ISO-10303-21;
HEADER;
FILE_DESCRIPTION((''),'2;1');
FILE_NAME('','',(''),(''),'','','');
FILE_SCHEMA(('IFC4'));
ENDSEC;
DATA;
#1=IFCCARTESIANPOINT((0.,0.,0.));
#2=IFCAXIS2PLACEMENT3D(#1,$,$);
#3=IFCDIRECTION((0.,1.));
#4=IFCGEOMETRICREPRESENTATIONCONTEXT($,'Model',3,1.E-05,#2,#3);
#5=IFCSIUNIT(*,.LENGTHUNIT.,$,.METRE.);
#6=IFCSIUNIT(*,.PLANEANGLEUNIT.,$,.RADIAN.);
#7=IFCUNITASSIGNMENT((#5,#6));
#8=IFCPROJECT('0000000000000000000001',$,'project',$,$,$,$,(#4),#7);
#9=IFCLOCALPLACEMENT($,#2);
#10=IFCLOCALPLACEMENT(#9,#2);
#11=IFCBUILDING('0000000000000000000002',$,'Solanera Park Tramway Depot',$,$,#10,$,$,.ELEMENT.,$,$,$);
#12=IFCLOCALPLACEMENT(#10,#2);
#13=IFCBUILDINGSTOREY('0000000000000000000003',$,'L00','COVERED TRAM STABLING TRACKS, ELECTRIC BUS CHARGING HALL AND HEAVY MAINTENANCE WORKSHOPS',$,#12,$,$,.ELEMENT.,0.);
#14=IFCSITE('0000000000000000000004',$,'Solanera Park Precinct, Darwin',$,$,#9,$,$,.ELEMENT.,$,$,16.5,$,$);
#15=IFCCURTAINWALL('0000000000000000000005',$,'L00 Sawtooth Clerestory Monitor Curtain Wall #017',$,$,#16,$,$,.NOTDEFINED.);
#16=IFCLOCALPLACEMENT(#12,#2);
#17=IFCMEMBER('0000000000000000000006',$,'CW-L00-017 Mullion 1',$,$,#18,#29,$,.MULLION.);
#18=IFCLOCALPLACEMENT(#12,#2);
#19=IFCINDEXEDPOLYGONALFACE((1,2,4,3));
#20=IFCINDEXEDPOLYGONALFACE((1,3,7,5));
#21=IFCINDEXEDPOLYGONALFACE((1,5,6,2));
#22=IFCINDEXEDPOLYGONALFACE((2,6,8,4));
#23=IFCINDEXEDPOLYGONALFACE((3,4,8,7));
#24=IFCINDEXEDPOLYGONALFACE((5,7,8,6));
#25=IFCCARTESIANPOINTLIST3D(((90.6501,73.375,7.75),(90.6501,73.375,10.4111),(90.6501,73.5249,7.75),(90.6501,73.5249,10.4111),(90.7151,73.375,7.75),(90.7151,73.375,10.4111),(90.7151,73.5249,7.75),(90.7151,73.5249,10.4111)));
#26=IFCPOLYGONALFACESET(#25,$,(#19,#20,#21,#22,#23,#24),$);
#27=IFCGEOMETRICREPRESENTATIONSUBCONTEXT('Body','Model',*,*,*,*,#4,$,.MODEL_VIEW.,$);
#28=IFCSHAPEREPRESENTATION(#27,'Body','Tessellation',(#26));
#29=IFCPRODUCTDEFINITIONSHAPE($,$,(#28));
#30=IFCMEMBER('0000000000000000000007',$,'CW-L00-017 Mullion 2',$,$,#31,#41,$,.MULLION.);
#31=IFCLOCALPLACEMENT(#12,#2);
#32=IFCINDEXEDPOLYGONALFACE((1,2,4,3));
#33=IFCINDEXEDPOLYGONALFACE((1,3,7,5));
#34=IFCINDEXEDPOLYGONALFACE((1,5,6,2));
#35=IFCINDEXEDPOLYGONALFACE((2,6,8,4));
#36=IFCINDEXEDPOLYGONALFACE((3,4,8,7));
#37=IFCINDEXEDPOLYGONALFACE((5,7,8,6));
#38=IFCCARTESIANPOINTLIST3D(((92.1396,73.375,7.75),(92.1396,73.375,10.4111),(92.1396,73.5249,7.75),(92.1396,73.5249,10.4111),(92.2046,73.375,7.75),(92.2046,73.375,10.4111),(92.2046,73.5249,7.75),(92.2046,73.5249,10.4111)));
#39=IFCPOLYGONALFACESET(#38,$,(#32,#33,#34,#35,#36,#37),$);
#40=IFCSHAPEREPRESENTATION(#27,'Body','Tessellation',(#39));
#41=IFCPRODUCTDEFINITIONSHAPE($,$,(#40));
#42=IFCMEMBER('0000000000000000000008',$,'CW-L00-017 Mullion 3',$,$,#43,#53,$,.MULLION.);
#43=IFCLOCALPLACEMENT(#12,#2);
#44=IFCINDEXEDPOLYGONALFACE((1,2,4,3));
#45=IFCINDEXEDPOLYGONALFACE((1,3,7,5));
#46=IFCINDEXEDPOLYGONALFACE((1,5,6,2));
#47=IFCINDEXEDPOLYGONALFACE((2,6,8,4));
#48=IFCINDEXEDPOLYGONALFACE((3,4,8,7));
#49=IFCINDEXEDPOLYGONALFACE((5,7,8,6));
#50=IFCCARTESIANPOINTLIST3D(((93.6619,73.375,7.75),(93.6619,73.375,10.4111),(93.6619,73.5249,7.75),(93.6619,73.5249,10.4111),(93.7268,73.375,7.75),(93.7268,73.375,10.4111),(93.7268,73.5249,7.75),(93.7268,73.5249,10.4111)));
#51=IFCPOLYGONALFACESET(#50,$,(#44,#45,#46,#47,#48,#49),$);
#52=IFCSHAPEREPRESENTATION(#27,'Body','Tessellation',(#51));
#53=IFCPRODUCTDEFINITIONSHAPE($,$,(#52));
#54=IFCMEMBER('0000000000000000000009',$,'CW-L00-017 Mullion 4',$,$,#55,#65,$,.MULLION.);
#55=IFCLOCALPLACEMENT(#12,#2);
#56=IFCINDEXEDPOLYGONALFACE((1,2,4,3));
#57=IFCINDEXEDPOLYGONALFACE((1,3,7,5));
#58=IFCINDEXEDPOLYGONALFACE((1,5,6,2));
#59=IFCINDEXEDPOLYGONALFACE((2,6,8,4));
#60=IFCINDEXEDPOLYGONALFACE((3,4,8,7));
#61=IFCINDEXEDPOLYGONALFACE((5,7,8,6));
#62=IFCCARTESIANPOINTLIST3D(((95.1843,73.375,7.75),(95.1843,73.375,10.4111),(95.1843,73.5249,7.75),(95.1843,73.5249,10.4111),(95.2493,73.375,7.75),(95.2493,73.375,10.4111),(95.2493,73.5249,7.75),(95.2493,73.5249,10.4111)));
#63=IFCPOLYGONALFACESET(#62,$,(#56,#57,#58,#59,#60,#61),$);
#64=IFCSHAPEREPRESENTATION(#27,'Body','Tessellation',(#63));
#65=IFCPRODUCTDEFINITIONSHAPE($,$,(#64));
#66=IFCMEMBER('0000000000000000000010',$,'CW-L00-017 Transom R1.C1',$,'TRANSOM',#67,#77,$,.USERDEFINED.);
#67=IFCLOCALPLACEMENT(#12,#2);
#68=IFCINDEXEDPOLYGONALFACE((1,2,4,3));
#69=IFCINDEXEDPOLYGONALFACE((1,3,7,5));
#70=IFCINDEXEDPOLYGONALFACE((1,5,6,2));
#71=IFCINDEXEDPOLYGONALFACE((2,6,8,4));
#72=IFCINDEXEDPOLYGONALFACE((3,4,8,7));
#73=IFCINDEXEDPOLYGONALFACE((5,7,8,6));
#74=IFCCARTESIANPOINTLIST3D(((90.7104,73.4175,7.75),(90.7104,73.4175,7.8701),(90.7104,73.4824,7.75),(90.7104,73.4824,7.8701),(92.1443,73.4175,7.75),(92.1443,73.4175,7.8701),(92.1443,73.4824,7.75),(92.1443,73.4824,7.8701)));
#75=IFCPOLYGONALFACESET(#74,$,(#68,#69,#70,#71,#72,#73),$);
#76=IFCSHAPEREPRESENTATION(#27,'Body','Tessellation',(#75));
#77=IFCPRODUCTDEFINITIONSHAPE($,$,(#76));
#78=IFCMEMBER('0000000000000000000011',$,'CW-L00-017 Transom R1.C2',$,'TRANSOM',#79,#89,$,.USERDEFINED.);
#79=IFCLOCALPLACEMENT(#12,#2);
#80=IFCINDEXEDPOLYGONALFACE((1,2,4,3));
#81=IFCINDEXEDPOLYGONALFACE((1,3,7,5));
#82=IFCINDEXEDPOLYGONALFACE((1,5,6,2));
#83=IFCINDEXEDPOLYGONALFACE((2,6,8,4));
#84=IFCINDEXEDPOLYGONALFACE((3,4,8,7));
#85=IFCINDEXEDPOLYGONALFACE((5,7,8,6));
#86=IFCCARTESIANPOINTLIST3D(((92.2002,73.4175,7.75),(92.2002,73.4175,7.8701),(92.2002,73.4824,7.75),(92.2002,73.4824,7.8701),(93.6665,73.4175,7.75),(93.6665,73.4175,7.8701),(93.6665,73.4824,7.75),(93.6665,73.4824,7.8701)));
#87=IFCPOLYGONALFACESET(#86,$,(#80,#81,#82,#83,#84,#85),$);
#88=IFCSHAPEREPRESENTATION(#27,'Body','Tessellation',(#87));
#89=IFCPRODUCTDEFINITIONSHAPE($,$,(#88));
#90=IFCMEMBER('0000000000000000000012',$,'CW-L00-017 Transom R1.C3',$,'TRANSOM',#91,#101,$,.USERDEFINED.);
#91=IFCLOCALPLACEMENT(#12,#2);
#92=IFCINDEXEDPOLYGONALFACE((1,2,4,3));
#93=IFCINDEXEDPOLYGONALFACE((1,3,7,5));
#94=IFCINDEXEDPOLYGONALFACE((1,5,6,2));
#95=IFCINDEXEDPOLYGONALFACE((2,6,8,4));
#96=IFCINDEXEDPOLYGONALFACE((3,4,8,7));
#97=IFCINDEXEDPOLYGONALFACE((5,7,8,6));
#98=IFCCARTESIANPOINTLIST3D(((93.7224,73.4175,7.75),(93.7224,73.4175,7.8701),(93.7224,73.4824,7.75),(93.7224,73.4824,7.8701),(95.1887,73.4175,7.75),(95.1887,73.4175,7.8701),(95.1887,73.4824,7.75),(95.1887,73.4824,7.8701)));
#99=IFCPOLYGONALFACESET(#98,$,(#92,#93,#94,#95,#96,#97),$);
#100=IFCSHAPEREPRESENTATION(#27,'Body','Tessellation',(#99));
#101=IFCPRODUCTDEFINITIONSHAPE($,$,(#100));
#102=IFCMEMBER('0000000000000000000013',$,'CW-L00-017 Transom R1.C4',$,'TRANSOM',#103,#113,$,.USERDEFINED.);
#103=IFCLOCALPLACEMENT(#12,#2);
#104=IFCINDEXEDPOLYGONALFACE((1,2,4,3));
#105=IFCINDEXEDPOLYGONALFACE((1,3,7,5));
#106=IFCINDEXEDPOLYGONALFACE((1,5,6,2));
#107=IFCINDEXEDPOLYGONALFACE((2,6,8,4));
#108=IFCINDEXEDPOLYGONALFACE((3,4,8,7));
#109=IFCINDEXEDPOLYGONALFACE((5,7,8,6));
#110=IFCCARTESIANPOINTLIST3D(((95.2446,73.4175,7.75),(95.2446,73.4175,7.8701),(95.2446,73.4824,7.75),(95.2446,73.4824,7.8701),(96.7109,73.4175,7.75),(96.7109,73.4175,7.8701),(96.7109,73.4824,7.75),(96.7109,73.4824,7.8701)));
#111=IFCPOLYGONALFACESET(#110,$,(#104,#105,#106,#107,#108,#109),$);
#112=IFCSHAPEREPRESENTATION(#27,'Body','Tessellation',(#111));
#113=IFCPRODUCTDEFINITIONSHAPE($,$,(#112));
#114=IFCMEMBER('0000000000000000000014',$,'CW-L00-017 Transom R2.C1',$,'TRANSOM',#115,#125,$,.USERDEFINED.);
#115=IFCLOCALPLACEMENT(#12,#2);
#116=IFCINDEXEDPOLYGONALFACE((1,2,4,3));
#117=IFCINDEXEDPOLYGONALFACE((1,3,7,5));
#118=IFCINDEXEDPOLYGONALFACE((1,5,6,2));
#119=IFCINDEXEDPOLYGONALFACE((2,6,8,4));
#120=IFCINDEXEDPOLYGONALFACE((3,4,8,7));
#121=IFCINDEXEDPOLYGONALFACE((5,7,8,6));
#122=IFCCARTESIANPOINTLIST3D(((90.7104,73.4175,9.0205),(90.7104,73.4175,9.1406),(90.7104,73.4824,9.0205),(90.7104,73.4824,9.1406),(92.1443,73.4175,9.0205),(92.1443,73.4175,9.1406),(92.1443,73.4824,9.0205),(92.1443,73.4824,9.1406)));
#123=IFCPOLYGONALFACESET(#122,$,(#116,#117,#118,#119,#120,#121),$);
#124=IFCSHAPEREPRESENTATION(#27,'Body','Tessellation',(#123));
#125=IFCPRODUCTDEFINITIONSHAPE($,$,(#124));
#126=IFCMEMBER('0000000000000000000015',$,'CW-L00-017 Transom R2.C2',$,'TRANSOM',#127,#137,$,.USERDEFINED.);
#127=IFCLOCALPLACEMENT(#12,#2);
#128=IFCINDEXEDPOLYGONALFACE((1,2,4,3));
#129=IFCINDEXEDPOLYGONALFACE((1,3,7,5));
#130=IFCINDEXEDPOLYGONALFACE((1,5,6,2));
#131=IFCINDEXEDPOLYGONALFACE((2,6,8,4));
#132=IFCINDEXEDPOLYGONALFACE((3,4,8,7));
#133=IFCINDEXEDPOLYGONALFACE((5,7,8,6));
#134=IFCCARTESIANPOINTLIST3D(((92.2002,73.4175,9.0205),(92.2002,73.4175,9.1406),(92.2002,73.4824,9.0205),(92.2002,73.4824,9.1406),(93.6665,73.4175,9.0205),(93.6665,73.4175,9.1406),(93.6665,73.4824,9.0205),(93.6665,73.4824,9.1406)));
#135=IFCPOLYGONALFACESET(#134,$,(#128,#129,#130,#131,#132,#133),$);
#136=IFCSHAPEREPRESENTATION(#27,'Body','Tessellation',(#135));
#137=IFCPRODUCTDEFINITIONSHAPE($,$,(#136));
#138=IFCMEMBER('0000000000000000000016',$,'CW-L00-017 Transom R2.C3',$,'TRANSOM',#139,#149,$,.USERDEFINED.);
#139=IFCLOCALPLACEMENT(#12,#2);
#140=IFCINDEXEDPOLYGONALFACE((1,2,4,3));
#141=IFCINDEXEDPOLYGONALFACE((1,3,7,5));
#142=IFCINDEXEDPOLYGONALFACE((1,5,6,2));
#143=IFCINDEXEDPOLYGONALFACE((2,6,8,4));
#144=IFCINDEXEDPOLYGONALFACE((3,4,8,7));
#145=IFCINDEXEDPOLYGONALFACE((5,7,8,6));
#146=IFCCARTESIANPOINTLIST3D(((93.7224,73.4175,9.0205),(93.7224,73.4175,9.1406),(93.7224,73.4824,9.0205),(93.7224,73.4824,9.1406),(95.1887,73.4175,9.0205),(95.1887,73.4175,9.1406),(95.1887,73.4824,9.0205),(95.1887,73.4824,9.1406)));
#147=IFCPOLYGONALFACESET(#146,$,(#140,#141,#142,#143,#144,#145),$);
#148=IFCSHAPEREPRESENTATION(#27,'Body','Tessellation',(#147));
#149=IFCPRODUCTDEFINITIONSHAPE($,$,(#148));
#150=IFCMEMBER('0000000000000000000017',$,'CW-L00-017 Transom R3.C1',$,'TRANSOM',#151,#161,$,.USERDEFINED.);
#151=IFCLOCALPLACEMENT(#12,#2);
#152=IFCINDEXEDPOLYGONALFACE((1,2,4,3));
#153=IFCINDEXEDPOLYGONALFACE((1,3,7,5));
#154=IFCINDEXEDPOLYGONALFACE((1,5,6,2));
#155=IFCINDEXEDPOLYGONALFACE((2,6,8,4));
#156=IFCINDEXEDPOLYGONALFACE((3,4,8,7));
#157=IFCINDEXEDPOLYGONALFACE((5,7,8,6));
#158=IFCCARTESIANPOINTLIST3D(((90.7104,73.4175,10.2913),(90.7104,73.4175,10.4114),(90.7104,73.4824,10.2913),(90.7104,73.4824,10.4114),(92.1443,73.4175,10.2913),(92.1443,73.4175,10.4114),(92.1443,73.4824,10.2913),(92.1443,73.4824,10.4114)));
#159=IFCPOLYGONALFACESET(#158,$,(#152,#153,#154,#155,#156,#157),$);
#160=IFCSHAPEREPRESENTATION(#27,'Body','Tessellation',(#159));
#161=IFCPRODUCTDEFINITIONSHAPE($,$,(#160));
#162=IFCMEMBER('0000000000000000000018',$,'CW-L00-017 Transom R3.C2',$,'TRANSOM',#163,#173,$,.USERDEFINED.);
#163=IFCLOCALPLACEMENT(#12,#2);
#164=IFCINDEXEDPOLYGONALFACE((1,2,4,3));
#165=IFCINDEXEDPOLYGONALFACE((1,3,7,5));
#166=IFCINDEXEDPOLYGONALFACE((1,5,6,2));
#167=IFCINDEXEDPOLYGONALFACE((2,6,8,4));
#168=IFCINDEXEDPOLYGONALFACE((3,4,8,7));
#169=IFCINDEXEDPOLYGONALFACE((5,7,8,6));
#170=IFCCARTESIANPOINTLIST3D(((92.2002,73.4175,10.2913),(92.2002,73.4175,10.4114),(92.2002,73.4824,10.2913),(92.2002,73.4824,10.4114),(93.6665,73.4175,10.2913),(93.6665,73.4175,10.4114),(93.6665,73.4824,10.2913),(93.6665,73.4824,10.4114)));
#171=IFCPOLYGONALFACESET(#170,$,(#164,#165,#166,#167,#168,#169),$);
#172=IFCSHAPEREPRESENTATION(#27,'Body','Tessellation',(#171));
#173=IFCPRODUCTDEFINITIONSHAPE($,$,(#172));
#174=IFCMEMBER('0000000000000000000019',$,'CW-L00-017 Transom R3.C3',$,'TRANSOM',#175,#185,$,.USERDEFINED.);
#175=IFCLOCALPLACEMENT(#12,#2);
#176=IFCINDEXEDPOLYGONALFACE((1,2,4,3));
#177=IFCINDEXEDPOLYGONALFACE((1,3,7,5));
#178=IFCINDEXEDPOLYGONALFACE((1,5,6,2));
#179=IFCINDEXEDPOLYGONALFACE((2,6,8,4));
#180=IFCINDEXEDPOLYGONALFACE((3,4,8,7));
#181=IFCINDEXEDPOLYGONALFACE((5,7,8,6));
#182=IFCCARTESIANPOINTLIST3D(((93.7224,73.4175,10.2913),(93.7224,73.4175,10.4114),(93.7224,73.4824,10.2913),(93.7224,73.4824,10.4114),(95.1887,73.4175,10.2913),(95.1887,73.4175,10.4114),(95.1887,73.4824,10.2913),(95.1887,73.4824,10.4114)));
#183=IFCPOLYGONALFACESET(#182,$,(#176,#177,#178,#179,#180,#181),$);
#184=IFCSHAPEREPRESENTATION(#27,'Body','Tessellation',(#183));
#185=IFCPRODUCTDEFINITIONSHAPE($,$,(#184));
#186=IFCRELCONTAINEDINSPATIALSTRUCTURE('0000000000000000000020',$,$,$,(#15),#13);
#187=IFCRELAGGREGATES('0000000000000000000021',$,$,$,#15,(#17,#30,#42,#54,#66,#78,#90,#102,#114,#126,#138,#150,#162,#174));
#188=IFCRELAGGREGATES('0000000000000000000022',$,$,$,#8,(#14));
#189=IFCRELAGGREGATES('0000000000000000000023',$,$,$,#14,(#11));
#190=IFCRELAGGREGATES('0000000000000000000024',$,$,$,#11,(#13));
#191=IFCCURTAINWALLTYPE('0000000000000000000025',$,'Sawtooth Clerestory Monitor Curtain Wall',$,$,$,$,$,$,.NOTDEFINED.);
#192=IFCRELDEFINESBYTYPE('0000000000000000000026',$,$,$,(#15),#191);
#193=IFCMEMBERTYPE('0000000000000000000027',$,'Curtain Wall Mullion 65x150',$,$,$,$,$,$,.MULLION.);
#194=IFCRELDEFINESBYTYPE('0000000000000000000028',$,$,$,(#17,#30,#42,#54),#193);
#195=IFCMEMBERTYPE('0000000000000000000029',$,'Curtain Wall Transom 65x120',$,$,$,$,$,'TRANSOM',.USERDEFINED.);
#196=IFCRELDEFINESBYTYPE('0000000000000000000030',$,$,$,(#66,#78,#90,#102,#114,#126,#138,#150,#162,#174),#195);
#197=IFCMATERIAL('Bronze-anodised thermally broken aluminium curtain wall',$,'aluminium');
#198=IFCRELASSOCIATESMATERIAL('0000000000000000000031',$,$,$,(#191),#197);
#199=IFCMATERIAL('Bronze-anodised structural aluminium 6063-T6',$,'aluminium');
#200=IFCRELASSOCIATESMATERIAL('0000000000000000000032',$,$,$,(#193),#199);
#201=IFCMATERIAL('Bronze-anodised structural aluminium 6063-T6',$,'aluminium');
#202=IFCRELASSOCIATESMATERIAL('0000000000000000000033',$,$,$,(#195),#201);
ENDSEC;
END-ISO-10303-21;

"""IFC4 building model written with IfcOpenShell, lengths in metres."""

from ifc_helpers import new_model, si_unit, direction, frame, origin, origin_2d, place, context, subcontext, project, spatial, rectangle, extrude, material, material_profile, profile_set, type_object, element, aggregate, save


model = new_model("IFC4")

# Units and contexts
model_context = context("Model", 3, precision=1e-05, world=origin(), true_north=direction((0.0, 1.0)))
body_context = subcontext(model_context, "Body", "Model", "MODEL_VIEW")
ifc_project = project(units=[si_unit("LENGTHUNIT", "METRE"), si_unit("PLANEANGLEUNIT", "RADIAN")], contexts=[model_context])

# Site, building, storey
site_placement = place(None, origin())
site = spatial("IfcSite", under=ifc_project, at=site_placement, Name="Solanera Park Precinct, Darwin", CompositionType="ELEMENT", RefElevation=16.5)
building_placement = place(site_placement, origin())
building = spatial("IfcBuilding", under=site, at=building_placement, Name="Solanera Park Tramway Depot", CompositionType="ELEMENT")
storey_placement = place(building_placement, origin())
storey = spatial("IfcBuildingStorey", under=building, at=storey_placement, Name="L00", Description="COVERED TRAM STABLING TRACKS, ELECTRIC BUS CHARGING HALL AND HEAVY MAINTENANCE WORKSHOPS", CompositionType="ELEMENT", Elevation=0.0)

# Curtain wall, members
ifc_material_1 = material(Name="Bronze-anodised thermally broken aluminium curtain wall", Category="aluminium")
curtain_wall_type = type_object("IfcCurtainWallType", Name="Sawtooth Clerestory Monitor Curtain Wall", PredefinedType="NOTDEFINED", material=ifc_material_1)
curtain_wall_placement = place(storey_placement, origin())
curtain_wall = element("IfcCurtainWall", 1, at=curtain_wall_placement, inside=storey, type_object=curtain_wall_type, Name="L00 Sawtooth Clerestory Monitor Curtain Wall #017", PredefinedType="NOTDEFINED")
ifc_material_2 = material(Name="Bronze-anodised structural aluminium 6063-T6", Category="aluminium")
ifc_material_profile_1 = material_profile(ifc_material_2, rectangle(XDim=0.0649, YDim=0.1499, at=origin_2d()), Name="Curtain Wall Mullion 65x150")
ifc_profile_set_1 = profile_set([ifc_material_profile_1], Name="Bronze-anodised structural aluminium 6063-T6")
member_type_1 = type_object("IfcMemberType", Name="Curtain Wall Mullion 65x150", PredefinedType="MULLION", material=ifc_profile_set_1)
member_1_placement = place(storey_placement, frame((90.6826, 73.45, 7.75), z_axis=(0.0, 0.0, 1.0), x_axis=(1.0, 0.0, 0.0)))
member_1 = element("IfcMember", 2, at=member_1_placement, type_object=member_type_1, Name="CW-L00-017 Mullion 1", PredefinedType="MULLION", context=body_context, shape_type="SweptSolid", body=[
    extrude(rectangle(XDim=0.0649, YDim=0.1499, at=origin_2d()), origin(), (0.0, 0.0, 1.0), 2.6611),
])
member_2_placement = place(storey_placement, frame((92.1721, 73.45, 7.75), z_axis=(0.0, 0.0, 1.0), x_axis=(1.0, 0.0, 0.0)))
member_2 = element("IfcMember", 3, at=member_2_placement, type_object=member_type_1, Name="CW-L00-017 Mullion 2", PredefinedType="MULLION", context=body_context, shape_type="SweptSolid", body=[
    extrude(rectangle(XDim=0.0649, YDim=0.1499, at=origin_2d()), origin(), (0.0, 0.0, 1.0), 2.6611),
])
member_3_placement = place(storey_placement, frame((93.6943, 73.45, 7.75), z_axis=(0.0, 0.0, 1.0), x_axis=(1.0, 0.0, 0.0)))
member_3 = element("IfcMember", 4, at=member_3_placement, type_object=member_type_1, Name="CW-L00-017 Mullion 3", PredefinedType="MULLION", context=body_context, shape_type="SweptSolid", body=[
    extrude(rectangle(XDim=0.0649, YDim=0.1499, at=origin_2d()), origin(), (0.0, 0.0, 1.0), 2.6611),
])
member_4_placement = place(storey_placement, frame((95.2168, 73.45, 7.75), z_axis=(0.0, 0.0, 1.0), x_axis=(1.0, 0.0, 0.0)))
member_4 = element("IfcMember", 5, at=member_4_placement, type_object=member_type_1, Name="CW-L00-017 Mullion 4", PredefinedType="MULLION", context=body_context, shape_type="SweptSolid", body=[
    extrude(rectangle(XDim=0.0649, YDim=0.1499, at=origin_2d()), origin(), (0.0, 0.0, 1.0), 2.6611),
])
ifc_material_3 = material(Name="Bronze-anodised structural aluminium 6063-T6", Category="aluminium")
ifc_material_profile_2 = material_profile(ifc_material_3, rectangle(XDim=0.0649, YDim=0.1201, at=origin_2d()), Name="Curtain Wall Transom 65x120")
ifc_profile_set_2 = profile_set([ifc_material_profile_2], Name="Bronze-anodised structural aluminium 6063-T6")
member_type_2 = type_object("IfcMemberType", Name="Curtain Wall Transom 65x120", ElementType="TRANSOM", PredefinedType="USERDEFINED", material=ifc_profile_set_2)
member_5_placement = place(storey_placement, frame((90.7104, 73.45, 7.8101), z_axis=(1.0, 0.0, 0.0), x_axis=(0.0, 1.0, 0.0)))
member_5 = element("IfcMember", 6, at=member_5_placement, type_object=member_type_2, Name="CW-L00-017 Transom R1.C1", ObjectType="TRANSOM", PredefinedType="USERDEFINED", context=body_context, shape_type="SweptSolid", body=[
    extrude(rectangle(XDim=0.0649, YDim=0.1201, at=origin_2d()), origin(), (0.0, 0.0, 1.0), 1.4338),
])
member_6_placement = place(storey_placement, frame((92.2002, 73.45, 7.8101), z_axis=(1.0, 0.0, 0.0), x_axis=(0.0, 1.0, 0.0)))
member_6 = element("IfcMember", 7, at=member_6_placement, type_object=member_type_2, Name="CW-L00-017 Transom R1.C2", ObjectType="TRANSOM", PredefinedType="USERDEFINED", context=body_context, shape_type="SweptSolid", body=[
    extrude(rectangle(XDim=0.0649, YDim=0.1201, at=origin_2d()), origin(), (0.0, 0.0, 1.0), 1.4663),
])
member_7_placement = place(storey_placement, frame((93.7224, 73.45, 7.8101), z_axis=(1.0, 0.0, 0.0), x_axis=(0.0, 1.0, 0.0)))
member_7 = element("IfcMember", 8, at=member_7_placement, type_object=member_type_2, Name="CW-L00-017 Transom R1.C3", ObjectType="TRANSOM", PredefinedType="USERDEFINED", context=body_context, shape_type="SweptSolid", body=[
    extrude(rectangle(XDim=0.0649, YDim=0.1201, at=origin_2d()), origin(), (0.0, 0.0, 1.0), 1.4663),
])
member_8_placement = place(storey_placement, frame((95.2446, 73.45, 7.8101), z_axis=(1.0, 0.0, 0.0), x_axis=(0.0, 1.0, 0.0)))
member_8 = element("IfcMember", 9, at=member_8_placement, type_object=member_type_2, Name="CW-L00-017 Transom R1.C4", ObjectType="TRANSOM", PredefinedType="USERDEFINED", context=body_context, shape_type="SweptSolid", body=[
    extrude(rectangle(XDim=0.0649, YDim=0.1201, at=origin_2d()), origin(), (0.0, 0.0, 1.0), 1.4663),
])
member_9_placement = place(storey_placement, frame((90.7104, 73.45, 9.0806), z_axis=(1.0, 0.0, 0.0), x_axis=(0.0, 1.0, 0.0)))
member_9 = element("IfcMember", 10, at=member_9_placement, type_object=member_type_2, Name="CW-L00-017 Transom R2.C1", ObjectType="TRANSOM", PredefinedType="USERDEFINED", context=body_context, shape_type="SweptSolid", body=[
    extrude(rectangle(XDim=0.0649, YDim=0.1201, at=origin_2d()), origin(), (0.0, 0.0, 1.0), 1.4338),
])
member_10_placement = place(storey_placement, frame((92.2002, 73.45, 9.0806), z_axis=(1.0, 0.0, 0.0), x_axis=(0.0, 1.0, 0.0)))
member_10 = element("IfcMember", 11, at=member_10_placement, type_object=member_type_2, Name="CW-L00-017 Transom R2.C2", ObjectType="TRANSOM", PredefinedType="USERDEFINED", context=body_context, shape_type="SweptSolid", body=[
    extrude(rectangle(XDim=0.0649, YDim=0.1201, at=origin_2d()), origin(), (0.0, 0.0, 1.0), 1.4663),
])
member_11_placement = place(storey_placement, frame((93.7224, 73.45, 9.0806), z_axis=(1.0, 0.0, 0.0), x_axis=(0.0, 1.0, 0.0)))
member_11 = element("IfcMember", 12, at=member_11_placement, type_object=member_type_2, Name="CW-L00-017 Transom R2.C3", ObjectType="TRANSOM", PredefinedType="USERDEFINED", context=body_context, shape_type="SweptSolid", body=[
    extrude(rectangle(XDim=0.0649, YDim=0.1201, at=origin_2d()), origin(), (0.0, 0.0, 1.0), 1.4663),
])
member_12_placement = place(storey_placement, frame((90.7104, 73.45, 10.3513), z_axis=(1.0, 0.0, 0.0), x_axis=(0.0, 1.0, 0.0)))
member_12 = element("IfcMember", 13, at=member_12_placement, type_object=member_type_2, Name="CW-L00-017 Transom R3.C1", ObjectType="TRANSOM", PredefinedType="USERDEFINED", context=body_context, shape_type="SweptSolid", body=[
    extrude(rectangle(XDim=0.0649, YDim=0.1201, at=origin_2d()), origin(), (0.0, 0.0, 1.0), 1.4338),
])
member_13_placement = place(storey_placement, frame((92.2002, 73.45, 10.3513), z_axis=(1.0, 0.0, 0.0), x_axis=(0.0, 1.0, 0.0)))
member_13 = element("IfcMember", 14, at=member_13_placement, type_object=member_type_2, Name="CW-L00-017 Transom R3.C2", ObjectType="TRANSOM", PredefinedType="USERDEFINED", context=body_context, shape_type="SweptSolid", body=[
    extrude(rectangle(XDim=0.0649, YDim=0.1201, at=origin_2d()), origin(), (0.0, 0.0, 1.0), 1.4663),
])
member_14_placement = place(storey_placement, frame((93.7224, 73.45, 10.3513), z_axis=(1.0, 0.0, 0.0), x_axis=(0.0, 1.0, 0.0)))
member_14 = element("IfcMember", 15, at=member_14_placement, type_object=member_type_2, Name="CW-L00-017 Transom R3.C3", ObjectType="TRANSOM", PredefinedType="USERDEFINED", context=body_context, shape_type="SweptSolid", body=[
    extrude(rectangle(XDim=0.0649, YDim=0.1201, at=origin_2d()), origin(), (0.0, 0.0, 1.0), 1.4663),
])

aggregate(curtain_wall, [member_1, member_2, member_3, member_4, member_5, member_6, member_7, member_8, member_9, member_10, member_11, member_12, member_13, member_14])

save(model, "model.ifc")
